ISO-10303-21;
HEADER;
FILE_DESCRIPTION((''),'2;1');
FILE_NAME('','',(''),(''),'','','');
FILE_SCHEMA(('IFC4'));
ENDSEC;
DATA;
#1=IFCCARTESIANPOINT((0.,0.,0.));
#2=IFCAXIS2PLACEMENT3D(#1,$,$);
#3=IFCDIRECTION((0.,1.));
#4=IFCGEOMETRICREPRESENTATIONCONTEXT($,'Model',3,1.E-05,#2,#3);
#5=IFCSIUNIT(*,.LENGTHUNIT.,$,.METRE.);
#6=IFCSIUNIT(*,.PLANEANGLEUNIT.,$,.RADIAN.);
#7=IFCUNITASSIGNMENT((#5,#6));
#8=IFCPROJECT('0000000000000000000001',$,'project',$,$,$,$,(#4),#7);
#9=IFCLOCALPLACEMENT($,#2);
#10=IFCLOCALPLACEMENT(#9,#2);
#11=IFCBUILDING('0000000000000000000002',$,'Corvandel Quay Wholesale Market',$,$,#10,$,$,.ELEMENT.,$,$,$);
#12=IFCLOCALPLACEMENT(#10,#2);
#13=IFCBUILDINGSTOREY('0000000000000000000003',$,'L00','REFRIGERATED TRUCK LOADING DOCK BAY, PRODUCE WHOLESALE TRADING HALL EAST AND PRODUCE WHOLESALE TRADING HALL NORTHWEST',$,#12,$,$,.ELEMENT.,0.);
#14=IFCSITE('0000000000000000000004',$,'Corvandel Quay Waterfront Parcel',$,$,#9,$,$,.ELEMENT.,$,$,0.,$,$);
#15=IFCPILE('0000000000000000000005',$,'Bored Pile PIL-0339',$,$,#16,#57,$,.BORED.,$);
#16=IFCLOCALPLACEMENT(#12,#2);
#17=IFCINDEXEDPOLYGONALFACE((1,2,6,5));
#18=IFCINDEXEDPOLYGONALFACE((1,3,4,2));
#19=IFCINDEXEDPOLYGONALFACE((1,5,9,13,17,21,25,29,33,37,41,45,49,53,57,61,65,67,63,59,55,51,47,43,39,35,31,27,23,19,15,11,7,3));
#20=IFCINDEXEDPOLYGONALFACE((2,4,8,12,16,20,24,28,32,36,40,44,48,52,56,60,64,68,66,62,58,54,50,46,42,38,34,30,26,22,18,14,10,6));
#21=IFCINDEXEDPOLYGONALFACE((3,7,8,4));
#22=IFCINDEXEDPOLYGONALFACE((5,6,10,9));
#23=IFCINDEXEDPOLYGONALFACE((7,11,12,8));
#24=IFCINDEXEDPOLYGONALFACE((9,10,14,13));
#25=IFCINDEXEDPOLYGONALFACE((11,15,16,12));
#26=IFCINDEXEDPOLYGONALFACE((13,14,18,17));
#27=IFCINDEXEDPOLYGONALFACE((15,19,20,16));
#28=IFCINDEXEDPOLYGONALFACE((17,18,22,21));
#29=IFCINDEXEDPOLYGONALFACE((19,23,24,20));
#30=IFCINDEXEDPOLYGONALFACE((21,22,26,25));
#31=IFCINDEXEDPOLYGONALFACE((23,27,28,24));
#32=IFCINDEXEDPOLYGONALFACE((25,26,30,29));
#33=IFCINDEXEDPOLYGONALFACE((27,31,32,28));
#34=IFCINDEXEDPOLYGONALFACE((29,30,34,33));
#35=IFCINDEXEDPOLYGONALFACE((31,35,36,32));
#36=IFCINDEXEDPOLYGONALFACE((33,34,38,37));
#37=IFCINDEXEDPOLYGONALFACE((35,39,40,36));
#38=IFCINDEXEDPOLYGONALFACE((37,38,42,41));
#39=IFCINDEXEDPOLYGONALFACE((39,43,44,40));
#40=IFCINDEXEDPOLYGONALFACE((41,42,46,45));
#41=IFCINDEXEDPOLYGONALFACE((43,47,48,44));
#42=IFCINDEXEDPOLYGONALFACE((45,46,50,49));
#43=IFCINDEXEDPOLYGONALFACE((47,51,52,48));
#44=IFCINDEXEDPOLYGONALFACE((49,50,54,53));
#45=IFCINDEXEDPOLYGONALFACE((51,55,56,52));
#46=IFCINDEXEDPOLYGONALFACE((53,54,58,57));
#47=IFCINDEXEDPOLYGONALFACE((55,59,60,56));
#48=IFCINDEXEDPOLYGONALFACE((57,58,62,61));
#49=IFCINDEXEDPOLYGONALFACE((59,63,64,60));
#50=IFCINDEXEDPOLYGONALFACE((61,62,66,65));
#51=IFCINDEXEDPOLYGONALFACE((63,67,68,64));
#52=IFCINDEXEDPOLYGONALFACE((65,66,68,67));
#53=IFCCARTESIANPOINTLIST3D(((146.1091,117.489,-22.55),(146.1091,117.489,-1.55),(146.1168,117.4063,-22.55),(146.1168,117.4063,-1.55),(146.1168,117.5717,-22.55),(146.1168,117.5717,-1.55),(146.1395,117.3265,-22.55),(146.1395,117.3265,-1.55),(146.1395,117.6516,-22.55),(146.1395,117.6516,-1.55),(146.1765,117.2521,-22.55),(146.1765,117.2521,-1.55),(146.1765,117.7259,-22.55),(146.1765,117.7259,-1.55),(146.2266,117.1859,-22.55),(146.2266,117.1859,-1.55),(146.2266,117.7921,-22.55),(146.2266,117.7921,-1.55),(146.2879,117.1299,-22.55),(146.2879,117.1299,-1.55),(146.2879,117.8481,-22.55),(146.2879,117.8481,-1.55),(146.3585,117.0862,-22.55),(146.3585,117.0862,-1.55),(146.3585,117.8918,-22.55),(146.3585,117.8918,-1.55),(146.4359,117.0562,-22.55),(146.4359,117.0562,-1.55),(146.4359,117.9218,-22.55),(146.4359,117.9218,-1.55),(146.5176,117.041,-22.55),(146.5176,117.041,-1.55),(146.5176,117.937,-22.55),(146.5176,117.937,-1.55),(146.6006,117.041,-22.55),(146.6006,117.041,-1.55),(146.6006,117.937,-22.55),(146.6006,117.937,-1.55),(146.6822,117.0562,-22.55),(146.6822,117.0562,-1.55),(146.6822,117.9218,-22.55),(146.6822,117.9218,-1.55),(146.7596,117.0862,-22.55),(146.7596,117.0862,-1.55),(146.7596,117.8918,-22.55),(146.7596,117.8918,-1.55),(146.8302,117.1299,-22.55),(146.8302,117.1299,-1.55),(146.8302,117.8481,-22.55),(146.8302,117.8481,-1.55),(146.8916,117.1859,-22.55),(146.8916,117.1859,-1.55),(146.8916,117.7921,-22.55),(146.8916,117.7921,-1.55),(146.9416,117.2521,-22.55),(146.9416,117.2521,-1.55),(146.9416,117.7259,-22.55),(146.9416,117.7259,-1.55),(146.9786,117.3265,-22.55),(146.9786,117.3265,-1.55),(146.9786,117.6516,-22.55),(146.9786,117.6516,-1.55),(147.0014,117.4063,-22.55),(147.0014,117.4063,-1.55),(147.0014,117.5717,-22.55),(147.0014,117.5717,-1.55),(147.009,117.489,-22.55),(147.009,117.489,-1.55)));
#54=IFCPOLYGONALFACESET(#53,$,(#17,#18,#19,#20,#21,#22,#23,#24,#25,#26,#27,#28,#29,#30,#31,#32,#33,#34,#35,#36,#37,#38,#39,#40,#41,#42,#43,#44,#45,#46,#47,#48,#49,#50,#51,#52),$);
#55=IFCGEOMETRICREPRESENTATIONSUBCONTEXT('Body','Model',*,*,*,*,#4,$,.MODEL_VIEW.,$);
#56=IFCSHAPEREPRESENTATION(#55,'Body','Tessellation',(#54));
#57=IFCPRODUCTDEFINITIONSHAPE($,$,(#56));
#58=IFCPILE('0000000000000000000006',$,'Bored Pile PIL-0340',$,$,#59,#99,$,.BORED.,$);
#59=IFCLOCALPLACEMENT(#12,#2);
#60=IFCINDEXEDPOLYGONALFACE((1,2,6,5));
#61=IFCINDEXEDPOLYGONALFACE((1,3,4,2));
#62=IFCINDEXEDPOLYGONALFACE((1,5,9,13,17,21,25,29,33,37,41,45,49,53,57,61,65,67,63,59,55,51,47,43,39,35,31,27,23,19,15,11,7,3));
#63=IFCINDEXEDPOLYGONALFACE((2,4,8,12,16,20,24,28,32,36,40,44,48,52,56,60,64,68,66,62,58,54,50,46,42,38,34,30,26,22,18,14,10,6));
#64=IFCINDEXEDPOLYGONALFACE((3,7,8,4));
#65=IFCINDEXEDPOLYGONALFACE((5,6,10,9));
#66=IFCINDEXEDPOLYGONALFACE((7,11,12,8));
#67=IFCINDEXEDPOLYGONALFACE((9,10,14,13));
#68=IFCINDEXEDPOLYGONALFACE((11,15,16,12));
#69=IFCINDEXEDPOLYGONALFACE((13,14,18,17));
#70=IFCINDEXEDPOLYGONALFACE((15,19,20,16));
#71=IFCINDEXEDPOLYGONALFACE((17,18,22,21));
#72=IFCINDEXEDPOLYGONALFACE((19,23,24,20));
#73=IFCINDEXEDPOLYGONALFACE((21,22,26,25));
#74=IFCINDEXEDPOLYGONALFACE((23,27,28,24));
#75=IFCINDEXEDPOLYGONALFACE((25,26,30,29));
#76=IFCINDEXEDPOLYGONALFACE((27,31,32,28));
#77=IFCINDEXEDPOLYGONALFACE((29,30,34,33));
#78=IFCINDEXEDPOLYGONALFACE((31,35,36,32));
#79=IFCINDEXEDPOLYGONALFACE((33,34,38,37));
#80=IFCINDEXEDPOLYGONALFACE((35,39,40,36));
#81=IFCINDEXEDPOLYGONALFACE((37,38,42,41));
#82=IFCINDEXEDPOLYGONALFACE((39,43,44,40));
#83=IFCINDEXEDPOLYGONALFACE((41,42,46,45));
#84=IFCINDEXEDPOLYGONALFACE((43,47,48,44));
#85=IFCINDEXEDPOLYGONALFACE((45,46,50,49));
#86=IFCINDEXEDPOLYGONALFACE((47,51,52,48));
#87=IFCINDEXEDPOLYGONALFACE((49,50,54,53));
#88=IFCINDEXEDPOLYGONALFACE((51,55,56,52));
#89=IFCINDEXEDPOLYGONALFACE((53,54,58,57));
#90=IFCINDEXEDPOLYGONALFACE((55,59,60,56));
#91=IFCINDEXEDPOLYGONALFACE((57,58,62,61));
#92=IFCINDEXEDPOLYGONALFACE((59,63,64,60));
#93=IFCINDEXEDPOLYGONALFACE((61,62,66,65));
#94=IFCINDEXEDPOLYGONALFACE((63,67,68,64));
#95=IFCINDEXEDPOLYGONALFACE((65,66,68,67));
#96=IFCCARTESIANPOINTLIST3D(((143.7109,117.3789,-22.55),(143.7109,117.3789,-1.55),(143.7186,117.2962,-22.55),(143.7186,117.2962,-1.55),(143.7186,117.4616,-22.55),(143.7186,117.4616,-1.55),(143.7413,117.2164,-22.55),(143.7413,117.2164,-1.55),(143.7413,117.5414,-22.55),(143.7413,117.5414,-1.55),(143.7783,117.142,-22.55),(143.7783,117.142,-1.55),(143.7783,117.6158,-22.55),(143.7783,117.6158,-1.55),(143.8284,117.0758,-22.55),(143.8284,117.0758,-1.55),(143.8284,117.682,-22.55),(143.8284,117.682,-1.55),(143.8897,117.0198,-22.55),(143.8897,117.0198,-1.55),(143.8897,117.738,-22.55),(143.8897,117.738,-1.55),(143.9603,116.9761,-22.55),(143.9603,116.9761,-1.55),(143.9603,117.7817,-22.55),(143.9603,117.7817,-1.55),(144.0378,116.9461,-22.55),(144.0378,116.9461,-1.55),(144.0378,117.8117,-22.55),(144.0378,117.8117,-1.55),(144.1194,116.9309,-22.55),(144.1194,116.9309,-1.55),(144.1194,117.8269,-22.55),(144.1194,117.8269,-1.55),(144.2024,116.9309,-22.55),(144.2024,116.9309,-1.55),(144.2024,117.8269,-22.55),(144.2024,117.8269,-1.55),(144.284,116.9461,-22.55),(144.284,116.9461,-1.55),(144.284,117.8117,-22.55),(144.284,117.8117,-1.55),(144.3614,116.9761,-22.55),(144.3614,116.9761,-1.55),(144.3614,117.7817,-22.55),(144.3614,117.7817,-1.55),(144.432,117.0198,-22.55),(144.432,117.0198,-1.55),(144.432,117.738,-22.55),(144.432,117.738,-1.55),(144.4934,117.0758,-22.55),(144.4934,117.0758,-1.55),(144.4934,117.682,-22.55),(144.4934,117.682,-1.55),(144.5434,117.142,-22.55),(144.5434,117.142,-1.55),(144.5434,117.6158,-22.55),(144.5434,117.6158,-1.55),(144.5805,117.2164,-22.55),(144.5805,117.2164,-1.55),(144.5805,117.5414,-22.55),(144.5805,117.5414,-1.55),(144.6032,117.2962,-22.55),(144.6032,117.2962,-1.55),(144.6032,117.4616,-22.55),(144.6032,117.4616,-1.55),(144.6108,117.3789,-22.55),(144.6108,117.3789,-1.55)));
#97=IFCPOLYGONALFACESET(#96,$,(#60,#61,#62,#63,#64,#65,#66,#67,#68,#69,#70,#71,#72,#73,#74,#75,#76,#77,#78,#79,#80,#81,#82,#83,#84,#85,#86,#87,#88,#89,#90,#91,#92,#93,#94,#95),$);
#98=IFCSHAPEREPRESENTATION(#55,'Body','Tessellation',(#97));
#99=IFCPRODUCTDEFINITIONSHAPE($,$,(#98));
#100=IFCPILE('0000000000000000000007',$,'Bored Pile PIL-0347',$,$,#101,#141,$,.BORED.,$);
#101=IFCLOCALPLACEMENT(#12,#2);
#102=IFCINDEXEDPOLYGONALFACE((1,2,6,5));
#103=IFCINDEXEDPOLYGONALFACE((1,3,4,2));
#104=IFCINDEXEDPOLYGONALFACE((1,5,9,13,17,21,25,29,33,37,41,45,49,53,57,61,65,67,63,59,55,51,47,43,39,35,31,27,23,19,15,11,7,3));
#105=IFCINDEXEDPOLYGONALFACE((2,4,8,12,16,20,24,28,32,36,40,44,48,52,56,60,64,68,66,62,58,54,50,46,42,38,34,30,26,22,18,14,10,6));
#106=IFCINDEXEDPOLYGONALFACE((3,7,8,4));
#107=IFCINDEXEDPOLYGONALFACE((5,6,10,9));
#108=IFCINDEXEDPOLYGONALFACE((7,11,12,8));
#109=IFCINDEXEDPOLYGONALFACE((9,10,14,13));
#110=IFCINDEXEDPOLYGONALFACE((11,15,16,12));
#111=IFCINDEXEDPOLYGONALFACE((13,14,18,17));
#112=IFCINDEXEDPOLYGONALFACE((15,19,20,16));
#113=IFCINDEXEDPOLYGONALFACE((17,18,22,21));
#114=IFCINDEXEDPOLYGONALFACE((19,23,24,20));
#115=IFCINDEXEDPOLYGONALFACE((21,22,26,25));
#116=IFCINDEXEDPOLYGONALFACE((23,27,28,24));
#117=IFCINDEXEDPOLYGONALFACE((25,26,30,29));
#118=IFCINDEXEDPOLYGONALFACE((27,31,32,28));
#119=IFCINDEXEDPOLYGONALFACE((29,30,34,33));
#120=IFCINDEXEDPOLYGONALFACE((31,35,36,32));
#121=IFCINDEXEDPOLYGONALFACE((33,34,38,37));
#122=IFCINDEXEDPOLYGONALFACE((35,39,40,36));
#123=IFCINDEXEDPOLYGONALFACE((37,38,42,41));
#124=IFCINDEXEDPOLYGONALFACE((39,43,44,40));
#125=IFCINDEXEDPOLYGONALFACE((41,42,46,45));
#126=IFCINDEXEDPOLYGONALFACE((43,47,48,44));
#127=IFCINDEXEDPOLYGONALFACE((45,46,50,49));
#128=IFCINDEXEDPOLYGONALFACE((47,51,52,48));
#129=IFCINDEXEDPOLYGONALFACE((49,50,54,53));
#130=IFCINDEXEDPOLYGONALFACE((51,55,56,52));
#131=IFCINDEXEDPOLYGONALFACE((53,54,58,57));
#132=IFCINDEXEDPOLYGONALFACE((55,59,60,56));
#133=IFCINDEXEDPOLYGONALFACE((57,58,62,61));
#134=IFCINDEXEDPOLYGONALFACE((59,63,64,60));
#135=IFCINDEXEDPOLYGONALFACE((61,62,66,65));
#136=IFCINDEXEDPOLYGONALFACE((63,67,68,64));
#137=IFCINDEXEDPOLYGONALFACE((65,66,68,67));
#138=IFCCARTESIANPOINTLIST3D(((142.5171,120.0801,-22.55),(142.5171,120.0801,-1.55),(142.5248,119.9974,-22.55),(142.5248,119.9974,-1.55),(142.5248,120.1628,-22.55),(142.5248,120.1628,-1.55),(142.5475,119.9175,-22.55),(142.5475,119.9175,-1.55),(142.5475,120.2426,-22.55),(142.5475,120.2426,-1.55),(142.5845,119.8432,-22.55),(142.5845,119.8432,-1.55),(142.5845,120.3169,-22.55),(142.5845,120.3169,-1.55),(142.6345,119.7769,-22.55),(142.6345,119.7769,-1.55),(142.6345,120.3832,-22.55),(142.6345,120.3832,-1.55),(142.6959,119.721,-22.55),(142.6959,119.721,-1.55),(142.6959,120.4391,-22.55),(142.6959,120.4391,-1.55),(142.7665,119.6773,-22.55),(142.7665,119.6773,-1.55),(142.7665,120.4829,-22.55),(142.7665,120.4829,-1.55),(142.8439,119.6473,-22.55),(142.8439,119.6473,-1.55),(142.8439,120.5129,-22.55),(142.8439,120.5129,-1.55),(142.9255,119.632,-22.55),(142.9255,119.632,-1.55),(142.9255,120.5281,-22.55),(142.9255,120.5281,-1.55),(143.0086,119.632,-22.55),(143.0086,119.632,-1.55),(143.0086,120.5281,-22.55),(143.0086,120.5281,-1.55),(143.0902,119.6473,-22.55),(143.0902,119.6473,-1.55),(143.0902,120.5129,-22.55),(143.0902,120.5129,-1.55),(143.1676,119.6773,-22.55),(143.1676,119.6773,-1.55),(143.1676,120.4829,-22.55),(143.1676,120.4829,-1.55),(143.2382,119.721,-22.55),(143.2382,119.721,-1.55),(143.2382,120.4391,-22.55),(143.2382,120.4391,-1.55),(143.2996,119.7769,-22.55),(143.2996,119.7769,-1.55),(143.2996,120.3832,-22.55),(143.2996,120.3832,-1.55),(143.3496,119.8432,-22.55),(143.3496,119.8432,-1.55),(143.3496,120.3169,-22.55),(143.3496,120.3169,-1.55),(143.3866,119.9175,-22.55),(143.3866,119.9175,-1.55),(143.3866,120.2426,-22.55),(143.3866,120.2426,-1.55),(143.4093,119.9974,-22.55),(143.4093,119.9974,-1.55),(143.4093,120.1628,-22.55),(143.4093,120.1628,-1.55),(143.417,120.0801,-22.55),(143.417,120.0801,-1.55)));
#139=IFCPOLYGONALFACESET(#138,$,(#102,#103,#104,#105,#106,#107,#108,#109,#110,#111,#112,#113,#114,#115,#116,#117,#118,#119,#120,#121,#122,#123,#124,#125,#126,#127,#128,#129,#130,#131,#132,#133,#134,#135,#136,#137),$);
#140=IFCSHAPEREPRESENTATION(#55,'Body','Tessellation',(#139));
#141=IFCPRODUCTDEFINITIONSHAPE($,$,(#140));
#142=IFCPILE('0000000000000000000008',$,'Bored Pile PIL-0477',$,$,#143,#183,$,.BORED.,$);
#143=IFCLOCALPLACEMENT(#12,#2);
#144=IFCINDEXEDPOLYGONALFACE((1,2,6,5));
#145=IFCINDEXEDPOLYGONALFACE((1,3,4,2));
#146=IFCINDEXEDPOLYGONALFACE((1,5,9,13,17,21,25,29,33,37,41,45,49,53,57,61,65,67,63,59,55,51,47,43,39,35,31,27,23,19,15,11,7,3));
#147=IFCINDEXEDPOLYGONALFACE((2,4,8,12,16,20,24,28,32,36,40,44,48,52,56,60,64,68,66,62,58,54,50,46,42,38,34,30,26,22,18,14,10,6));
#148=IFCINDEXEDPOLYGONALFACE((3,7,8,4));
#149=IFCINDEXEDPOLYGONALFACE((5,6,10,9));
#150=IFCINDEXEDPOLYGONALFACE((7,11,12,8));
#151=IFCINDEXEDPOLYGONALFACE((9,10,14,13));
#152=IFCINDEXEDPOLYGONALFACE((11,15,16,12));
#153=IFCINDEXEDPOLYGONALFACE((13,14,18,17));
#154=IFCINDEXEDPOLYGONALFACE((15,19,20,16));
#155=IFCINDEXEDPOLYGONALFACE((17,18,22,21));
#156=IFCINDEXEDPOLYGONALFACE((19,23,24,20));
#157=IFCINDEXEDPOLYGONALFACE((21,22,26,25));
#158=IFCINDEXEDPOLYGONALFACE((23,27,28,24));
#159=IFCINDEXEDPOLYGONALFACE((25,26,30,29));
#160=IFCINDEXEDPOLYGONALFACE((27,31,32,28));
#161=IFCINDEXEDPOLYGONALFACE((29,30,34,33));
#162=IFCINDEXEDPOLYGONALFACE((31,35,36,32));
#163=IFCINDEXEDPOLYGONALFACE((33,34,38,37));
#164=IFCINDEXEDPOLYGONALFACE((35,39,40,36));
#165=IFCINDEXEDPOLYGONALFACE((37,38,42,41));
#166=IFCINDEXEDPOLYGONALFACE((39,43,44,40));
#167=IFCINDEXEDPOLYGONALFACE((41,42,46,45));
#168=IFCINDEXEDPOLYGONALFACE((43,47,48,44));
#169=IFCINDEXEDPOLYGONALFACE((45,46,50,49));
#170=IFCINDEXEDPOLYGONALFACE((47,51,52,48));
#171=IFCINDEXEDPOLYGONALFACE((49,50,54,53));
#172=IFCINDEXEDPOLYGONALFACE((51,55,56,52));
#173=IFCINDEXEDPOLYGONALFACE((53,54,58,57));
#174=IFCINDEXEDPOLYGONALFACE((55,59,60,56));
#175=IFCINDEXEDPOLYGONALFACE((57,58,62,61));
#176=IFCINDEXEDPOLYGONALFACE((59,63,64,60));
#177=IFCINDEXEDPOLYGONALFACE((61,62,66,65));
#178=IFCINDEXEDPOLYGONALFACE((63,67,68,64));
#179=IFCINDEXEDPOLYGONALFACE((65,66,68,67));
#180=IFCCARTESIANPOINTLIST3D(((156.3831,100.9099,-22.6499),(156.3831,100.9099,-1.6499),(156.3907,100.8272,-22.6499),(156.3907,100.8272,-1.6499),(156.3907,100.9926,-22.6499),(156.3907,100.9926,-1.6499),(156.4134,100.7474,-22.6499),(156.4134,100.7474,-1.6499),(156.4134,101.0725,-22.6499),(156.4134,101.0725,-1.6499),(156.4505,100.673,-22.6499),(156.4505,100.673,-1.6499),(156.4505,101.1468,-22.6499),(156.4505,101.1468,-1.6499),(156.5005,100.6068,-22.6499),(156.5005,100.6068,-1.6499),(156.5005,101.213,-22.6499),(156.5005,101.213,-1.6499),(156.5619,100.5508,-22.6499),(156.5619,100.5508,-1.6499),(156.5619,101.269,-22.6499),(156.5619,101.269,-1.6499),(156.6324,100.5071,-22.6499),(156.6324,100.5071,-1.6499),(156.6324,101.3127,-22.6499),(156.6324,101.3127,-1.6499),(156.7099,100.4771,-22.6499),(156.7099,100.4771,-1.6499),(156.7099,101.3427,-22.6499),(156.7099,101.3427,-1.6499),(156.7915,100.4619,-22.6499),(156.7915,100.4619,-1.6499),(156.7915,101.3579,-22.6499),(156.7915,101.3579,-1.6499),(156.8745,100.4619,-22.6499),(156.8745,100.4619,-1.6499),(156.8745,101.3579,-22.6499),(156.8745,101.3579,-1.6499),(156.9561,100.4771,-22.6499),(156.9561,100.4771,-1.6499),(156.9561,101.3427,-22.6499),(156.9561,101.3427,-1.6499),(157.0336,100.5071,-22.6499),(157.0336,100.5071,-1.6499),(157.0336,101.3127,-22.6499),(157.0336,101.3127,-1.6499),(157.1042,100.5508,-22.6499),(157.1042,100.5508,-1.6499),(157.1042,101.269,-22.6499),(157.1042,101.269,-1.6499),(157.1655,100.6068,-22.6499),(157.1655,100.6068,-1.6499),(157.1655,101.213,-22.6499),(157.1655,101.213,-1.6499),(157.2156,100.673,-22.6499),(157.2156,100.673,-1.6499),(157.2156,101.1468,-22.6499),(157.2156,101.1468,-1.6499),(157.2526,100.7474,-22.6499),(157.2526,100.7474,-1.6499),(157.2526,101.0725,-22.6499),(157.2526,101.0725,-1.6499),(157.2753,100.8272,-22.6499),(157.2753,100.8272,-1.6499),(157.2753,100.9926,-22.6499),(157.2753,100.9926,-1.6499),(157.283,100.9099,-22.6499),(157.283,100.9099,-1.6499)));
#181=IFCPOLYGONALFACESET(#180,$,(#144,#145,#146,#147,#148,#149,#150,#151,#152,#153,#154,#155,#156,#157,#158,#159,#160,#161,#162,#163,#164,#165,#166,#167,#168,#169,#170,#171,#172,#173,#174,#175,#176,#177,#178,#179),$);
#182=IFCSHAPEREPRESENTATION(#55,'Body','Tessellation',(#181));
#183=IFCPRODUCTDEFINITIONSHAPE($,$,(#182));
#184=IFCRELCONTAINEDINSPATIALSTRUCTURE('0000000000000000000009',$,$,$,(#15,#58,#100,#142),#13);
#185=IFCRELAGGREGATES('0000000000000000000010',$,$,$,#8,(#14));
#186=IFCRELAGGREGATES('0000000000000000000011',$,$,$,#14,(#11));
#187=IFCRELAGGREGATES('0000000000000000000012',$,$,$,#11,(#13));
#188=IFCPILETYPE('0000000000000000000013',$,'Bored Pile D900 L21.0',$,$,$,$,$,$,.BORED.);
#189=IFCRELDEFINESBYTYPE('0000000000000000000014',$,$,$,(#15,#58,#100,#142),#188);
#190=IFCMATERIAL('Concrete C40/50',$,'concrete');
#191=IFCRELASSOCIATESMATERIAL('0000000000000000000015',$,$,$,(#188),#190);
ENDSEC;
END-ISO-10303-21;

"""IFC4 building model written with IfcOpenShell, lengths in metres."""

from ifc_helpers import new_model, si_unit, direction, frame, origin, origin_2d, place, context, subcontext, project, spatial, circle, extrude, material, material_profile, profile_set, type_object, element, save


model = new_model("IFC4")

# Units and contexts
model_context = context("Model", 3, precision=1e-05, world=origin(), true_north=direction((0.0, 1.0)))
body_context = subcontext(model_context, "Body", "Model", "MODEL_VIEW")
ifc_project = project(units=[si_unit("LENGTHUNIT", "METRE"), si_unit("PLANEANGLEUNIT", "RADIAN")], contexts=[model_context])

# Site, building, storey
site_placement = place(None, origin())
site = spatial("IfcSite", under=ifc_project, at=site_placement, Name="Corvandel Quay Waterfront Parcel", CompositionType="ELEMENT", RefElevation=0.0)
building_placement = place(site_placement, origin())
building = spatial("IfcBuilding", under=site, at=building_placement, Name="Corvandel Quay Wholesale Market", CompositionType="ELEMENT")
storey_placement = place(building_placement, origin())
storey = spatial("IfcBuildingStorey", under=building, at=storey_placement, Name="L00", Description="REFRIGERATED TRUCK LOADING DOCK BAY, PRODUCE WHOLESALE TRADING HALL EAST AND PRODUCE WHOLESALE TRADING HALL NORTHWEST", CompositionType="ELEMENT", Elevation=0.0)

# Piles
ifc_material_1 = material(Name="Concrete C40/50", Category="concrete")
ifc_material_profile_1 = material_profile(ifc_material_1, circle(Radius=0.45, at=origin_2d()), Name="RC-PILE-D900")
ifc_profile_set_1 = profile_set([ifc_material_profile_1], Name="Concrete C40/50")
pile_type = type_object("IfcPileType", Name="Bored Pile D900 L21.0", PredefinedType="BORED", material=ifc_profile_set_1)
for number, where, z_axis, x_axis, name in (
    (1, (146.5591, 117.489, -1.55), (0.0, 0.0, -1.0), (1.0, 0.0, 0.0), "Bored Pile PIL-0339"),
    (2, (144.1609, 117.3789, -1.55), (0.0, 0.0, -1.0), (1.0, 0.0, 0.0), "Bored Pile PIL-0340"),
    (3, (142.967, 120.0801, -1.55), (0.0, 0.0, -1.0), (1.0, 0.0, 0.0), "Bored Pile PIL-0347"),
    (4, (156.833, 100.9099, -1.6499), (0.0, 0.0, -1.0), (1.0, 0.0, 0.0), "Bored Pile PIL-0477"),
):
    element("IfcPile", number, at=place(storey_placement, frame(where, z_axis=z_axis, x_axis=x_axis)), inside=storey, type_object=pile_type, Name=name, PredefinedType="BORED", context=body_context, shape_type="SweptSolid", body=[
        extrude(circle(Radius=0.45, at=origin_2d()), origin(), (0.0, 0.0, 1.0), 21.0),
    ])

save(model, "model.ifc")
